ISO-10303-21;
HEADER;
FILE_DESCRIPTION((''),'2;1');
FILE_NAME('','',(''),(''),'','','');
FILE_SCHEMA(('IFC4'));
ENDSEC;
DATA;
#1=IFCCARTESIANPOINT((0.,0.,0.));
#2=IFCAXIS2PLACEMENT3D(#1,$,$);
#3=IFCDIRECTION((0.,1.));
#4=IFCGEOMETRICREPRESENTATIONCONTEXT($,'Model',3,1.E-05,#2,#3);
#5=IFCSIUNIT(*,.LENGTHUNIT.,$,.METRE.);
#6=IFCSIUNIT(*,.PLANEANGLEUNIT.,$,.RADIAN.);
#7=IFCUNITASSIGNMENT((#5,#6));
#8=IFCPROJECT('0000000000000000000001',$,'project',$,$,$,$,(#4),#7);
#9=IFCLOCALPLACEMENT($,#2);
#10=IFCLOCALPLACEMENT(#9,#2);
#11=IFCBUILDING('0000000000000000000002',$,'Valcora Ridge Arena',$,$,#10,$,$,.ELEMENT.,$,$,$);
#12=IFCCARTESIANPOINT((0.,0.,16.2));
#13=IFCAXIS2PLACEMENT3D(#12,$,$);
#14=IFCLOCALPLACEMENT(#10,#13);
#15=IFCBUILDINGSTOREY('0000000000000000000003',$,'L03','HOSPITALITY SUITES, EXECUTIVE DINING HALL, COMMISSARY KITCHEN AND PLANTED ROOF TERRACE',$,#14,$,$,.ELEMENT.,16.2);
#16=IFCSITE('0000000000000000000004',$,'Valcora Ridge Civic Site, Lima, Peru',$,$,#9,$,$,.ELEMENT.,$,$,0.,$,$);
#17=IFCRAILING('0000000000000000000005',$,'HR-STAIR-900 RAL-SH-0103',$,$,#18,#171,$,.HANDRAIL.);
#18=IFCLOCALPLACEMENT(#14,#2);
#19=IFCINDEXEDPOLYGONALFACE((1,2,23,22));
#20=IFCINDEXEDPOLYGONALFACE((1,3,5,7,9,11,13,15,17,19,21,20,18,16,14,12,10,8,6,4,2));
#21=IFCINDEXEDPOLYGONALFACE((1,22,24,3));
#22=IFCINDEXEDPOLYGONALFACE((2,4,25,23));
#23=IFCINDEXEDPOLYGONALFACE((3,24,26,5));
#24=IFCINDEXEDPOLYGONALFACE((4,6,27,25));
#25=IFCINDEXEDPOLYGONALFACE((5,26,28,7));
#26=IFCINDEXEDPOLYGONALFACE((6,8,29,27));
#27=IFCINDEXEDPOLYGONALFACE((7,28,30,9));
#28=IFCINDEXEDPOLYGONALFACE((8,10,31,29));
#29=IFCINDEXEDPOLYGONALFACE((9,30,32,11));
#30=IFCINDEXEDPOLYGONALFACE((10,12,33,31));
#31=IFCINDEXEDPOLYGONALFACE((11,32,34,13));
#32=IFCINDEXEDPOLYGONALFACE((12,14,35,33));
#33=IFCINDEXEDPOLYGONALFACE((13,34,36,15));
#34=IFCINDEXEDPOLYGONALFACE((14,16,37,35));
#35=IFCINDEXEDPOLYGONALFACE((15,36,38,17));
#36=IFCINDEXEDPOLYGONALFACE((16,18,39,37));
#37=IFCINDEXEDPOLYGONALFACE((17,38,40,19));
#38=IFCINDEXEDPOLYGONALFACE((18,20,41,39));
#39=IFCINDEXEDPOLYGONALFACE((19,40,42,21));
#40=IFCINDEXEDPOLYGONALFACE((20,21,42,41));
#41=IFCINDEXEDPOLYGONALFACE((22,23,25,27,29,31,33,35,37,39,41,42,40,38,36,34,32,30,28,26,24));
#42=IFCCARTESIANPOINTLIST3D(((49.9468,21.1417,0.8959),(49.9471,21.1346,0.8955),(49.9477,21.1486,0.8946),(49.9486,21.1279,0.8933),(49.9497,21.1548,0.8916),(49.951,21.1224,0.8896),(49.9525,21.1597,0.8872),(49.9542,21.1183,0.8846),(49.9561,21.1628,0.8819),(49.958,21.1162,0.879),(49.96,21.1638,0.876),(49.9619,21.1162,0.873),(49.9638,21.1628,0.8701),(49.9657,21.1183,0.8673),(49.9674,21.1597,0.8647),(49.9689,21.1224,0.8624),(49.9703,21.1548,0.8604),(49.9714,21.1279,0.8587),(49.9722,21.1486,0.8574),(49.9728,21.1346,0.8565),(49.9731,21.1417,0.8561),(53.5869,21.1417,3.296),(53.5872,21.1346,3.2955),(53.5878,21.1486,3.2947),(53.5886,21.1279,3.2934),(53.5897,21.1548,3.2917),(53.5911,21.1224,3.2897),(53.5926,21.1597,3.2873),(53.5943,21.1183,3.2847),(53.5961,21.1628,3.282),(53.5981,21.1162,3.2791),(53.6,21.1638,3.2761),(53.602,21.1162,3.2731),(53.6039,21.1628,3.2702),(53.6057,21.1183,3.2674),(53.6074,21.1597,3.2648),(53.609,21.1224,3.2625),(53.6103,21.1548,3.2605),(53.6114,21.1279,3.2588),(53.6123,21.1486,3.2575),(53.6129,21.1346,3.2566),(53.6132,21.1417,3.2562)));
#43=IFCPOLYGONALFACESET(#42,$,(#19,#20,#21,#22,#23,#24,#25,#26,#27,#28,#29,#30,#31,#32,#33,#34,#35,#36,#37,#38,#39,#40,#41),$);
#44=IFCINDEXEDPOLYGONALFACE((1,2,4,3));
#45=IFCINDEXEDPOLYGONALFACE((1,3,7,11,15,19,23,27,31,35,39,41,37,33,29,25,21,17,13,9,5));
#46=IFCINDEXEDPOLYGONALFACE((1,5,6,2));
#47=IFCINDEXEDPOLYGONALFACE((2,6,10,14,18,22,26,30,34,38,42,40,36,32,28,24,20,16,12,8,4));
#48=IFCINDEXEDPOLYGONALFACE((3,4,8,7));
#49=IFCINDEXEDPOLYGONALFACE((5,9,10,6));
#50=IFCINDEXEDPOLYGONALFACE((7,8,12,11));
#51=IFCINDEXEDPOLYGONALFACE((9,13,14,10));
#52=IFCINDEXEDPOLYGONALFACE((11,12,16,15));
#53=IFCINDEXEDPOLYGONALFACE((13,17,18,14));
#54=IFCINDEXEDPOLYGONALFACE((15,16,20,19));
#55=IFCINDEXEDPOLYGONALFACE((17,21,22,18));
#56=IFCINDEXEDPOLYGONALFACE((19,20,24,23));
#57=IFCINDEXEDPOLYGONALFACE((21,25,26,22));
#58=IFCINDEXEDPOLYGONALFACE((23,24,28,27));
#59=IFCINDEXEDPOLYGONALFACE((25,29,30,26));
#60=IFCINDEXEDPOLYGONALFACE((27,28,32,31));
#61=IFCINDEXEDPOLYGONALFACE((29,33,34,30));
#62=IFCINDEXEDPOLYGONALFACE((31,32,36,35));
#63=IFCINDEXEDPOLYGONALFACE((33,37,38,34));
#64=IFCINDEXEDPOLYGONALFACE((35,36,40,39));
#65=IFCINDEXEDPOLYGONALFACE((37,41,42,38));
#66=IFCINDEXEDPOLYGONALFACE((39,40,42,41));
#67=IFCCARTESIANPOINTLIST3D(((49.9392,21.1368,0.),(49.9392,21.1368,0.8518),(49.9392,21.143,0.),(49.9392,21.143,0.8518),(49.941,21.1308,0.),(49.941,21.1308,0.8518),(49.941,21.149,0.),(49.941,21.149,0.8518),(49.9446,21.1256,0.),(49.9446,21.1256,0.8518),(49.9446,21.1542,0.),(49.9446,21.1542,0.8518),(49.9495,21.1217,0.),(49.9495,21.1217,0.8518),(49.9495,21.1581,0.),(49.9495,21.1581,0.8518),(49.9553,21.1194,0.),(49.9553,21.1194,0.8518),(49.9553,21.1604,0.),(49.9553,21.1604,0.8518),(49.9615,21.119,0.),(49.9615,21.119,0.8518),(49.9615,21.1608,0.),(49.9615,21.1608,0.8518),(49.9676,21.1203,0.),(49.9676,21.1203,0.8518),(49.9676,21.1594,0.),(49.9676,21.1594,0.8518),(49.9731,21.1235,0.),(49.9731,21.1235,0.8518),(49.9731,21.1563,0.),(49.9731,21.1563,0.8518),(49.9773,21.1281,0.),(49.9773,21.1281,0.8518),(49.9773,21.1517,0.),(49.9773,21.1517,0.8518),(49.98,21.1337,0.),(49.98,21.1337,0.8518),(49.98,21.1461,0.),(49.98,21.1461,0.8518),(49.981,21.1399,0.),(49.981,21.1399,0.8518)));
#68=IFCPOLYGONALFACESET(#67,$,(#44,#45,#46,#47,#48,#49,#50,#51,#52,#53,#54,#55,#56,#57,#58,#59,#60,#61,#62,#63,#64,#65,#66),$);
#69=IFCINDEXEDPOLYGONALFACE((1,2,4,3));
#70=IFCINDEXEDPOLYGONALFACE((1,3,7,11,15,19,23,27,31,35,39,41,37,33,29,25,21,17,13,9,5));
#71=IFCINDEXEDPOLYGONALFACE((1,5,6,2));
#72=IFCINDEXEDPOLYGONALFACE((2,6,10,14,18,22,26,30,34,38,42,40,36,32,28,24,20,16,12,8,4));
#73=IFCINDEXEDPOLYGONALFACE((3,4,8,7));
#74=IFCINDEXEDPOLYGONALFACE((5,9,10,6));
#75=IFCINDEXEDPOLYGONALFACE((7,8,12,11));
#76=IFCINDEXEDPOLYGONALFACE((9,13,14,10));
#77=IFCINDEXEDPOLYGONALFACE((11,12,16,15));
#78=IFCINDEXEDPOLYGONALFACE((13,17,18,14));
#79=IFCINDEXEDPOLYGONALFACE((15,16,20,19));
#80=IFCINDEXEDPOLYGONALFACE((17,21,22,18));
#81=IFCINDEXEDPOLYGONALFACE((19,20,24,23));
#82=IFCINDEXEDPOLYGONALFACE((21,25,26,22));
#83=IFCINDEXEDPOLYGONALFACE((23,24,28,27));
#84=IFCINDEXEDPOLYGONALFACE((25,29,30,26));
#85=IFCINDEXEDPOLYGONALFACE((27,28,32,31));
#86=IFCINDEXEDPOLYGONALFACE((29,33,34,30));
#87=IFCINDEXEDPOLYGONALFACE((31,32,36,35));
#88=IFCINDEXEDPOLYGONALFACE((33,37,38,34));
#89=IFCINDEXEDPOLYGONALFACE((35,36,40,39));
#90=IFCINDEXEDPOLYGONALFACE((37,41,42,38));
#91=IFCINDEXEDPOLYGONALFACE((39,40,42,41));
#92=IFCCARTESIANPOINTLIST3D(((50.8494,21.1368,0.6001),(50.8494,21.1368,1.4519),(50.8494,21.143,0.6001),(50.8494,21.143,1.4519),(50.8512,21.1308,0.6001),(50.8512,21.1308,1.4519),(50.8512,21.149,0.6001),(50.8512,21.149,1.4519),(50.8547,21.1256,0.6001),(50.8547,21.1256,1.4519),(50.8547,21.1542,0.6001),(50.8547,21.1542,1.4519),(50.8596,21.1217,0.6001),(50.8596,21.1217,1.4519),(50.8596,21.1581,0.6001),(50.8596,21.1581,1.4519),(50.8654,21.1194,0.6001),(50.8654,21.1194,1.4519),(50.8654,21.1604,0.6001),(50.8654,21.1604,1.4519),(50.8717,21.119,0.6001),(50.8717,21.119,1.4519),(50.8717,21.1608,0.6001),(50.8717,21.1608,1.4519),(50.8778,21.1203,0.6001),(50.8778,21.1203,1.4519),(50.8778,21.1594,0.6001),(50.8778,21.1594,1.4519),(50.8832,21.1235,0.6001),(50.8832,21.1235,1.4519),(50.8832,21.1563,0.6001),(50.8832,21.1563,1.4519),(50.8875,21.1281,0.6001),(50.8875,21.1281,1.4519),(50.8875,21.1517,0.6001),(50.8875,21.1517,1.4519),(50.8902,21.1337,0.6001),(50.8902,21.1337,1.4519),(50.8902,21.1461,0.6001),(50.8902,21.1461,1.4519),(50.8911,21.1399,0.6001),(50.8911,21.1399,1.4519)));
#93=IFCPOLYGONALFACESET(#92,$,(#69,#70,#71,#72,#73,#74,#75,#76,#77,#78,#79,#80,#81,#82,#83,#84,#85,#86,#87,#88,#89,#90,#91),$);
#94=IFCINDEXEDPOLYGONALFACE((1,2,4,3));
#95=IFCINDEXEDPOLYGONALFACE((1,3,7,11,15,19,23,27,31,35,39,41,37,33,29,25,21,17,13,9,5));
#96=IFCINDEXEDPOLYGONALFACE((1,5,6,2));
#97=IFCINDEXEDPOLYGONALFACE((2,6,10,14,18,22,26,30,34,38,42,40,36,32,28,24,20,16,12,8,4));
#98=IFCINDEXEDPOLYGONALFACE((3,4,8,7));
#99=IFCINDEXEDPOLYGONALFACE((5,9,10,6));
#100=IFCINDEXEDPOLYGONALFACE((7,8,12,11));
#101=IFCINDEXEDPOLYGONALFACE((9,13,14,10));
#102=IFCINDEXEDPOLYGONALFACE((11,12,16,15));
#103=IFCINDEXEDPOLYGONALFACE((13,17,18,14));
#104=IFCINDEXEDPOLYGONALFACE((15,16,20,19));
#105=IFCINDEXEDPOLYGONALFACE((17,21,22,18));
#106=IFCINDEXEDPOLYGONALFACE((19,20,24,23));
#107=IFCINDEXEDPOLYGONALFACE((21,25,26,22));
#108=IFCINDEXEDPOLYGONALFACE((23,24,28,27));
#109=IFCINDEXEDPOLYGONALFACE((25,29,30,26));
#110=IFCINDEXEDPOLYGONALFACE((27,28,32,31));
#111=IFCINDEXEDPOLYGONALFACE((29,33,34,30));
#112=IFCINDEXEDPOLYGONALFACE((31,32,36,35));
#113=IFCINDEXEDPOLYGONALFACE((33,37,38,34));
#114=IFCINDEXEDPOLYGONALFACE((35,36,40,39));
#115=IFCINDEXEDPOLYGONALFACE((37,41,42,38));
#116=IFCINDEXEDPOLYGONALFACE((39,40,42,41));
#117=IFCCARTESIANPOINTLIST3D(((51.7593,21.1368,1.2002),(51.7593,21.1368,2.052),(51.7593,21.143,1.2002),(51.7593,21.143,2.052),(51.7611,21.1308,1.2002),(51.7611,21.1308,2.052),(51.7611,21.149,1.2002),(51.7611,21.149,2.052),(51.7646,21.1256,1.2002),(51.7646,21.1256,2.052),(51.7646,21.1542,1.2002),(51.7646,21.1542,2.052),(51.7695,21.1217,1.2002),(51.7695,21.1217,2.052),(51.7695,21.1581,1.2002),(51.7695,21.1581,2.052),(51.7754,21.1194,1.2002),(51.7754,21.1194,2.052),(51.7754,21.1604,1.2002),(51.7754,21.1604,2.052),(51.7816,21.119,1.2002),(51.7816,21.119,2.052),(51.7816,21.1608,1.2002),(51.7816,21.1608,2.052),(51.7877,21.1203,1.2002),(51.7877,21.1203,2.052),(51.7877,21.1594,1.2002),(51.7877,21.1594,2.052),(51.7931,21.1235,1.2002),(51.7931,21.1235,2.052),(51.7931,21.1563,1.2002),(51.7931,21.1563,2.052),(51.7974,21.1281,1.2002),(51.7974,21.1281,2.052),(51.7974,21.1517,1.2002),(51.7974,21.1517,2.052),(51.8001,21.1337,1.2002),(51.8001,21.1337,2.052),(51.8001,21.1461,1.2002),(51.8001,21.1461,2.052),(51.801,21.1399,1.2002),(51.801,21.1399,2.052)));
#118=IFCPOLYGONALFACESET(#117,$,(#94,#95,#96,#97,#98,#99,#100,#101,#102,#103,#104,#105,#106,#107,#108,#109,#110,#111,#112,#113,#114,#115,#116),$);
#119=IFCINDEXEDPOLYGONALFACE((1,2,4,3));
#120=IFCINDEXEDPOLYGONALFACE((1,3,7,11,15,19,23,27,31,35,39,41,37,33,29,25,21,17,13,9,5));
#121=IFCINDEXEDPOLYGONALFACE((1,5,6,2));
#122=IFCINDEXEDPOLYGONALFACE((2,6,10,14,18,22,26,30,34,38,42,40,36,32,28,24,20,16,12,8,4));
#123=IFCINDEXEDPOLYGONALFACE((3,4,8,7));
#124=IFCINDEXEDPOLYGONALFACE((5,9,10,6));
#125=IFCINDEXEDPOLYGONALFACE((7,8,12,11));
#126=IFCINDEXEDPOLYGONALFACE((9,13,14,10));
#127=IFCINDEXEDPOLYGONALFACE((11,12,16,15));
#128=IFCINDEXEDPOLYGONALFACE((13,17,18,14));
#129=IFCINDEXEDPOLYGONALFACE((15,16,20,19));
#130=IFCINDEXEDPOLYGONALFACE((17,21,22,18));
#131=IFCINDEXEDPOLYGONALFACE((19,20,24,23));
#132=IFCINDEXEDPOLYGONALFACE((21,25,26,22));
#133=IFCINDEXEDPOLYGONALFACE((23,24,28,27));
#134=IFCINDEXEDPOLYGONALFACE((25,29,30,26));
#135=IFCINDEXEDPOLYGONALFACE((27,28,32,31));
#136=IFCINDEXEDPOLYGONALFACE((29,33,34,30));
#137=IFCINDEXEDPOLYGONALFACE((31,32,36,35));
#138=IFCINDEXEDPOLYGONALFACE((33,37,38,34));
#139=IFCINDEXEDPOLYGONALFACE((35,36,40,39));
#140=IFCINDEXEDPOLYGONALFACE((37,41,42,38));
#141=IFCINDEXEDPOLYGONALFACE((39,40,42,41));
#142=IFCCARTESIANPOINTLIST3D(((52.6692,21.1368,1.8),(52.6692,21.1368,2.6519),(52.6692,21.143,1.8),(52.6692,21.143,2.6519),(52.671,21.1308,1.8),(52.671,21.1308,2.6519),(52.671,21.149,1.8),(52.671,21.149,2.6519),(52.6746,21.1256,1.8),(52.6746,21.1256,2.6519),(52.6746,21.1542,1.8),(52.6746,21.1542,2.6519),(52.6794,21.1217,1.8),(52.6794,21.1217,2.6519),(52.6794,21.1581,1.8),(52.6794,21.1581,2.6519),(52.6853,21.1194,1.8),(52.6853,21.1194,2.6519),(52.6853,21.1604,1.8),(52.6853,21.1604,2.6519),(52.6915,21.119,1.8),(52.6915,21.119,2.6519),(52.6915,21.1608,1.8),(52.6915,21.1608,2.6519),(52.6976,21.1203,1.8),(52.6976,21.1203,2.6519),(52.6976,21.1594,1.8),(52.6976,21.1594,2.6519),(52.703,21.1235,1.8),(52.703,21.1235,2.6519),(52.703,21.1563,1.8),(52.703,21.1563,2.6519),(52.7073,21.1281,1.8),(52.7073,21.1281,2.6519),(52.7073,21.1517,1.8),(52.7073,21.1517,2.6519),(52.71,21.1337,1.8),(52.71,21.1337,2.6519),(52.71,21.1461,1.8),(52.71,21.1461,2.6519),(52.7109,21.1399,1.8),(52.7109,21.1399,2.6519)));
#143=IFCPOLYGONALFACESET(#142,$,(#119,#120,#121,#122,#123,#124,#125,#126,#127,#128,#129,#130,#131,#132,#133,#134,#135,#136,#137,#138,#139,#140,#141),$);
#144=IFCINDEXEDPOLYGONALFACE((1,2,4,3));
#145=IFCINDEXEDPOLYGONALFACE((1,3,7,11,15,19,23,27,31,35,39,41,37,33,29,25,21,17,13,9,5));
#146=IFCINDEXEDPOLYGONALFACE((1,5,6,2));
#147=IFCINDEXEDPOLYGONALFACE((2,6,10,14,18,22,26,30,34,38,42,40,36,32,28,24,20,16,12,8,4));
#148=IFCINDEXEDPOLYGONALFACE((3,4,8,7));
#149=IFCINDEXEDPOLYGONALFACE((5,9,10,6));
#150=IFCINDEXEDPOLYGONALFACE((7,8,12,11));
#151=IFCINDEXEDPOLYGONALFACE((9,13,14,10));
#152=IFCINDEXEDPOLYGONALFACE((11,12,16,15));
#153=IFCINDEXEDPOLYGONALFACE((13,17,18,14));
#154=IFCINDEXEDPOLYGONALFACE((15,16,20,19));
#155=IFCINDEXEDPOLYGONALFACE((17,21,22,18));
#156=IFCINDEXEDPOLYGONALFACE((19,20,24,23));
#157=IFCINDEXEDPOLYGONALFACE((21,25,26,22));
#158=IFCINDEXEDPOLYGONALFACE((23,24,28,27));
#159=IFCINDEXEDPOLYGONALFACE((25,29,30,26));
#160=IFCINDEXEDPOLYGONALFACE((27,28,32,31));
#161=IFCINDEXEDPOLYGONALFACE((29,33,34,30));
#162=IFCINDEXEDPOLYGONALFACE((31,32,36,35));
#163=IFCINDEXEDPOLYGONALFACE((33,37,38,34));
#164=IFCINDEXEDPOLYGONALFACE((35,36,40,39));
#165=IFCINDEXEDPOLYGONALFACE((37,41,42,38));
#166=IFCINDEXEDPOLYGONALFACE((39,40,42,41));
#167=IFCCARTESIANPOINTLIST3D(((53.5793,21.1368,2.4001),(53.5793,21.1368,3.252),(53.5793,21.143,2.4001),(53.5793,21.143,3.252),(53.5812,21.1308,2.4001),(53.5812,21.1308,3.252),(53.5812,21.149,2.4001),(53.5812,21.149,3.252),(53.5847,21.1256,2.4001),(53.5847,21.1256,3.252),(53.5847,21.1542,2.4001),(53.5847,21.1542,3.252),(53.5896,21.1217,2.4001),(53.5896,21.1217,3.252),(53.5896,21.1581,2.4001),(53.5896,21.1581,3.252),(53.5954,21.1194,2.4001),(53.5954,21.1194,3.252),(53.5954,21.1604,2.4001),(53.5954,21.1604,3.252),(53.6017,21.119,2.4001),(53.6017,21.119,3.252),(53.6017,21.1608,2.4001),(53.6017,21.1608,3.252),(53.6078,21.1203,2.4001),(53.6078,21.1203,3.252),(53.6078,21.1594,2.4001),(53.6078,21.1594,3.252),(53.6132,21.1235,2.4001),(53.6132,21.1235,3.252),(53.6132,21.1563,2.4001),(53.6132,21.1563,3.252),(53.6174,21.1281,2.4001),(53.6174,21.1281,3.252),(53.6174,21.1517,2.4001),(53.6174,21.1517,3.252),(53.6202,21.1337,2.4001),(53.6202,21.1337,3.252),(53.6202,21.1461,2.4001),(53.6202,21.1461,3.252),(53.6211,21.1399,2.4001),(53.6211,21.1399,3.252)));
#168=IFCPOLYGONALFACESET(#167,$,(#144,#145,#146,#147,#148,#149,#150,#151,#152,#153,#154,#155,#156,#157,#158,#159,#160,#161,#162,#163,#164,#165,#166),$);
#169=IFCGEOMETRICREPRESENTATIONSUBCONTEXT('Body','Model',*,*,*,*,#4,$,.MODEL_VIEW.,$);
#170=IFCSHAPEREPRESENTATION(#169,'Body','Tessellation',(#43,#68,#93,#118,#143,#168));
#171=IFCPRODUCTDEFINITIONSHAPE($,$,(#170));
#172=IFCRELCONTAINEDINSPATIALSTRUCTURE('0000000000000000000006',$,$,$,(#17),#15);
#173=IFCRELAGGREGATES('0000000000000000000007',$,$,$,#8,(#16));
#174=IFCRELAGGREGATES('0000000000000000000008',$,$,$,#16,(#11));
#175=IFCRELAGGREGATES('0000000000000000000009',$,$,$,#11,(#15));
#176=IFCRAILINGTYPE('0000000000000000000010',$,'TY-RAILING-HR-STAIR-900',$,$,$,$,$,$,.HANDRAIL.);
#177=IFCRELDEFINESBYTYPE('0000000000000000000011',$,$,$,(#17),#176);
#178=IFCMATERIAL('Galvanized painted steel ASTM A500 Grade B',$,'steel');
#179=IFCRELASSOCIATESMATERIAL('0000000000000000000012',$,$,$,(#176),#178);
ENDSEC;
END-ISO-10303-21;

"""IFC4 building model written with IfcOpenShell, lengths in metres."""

from ifc_helpers import new_model, si_unit, direction, frame, origin, origin_2d, place, context, subcontext, project, spatial, circle, extrude, material, type_object, element, save


model = new_model("IFC4")

# Units and contexts
model_context = context("Model", 3, precision=1e-05, world=origin(), true_north=direction((0.0, 1.0)))
body_context = subcontext(model_context, "Body", "Model", "MODEL_VIEW")
ifc_project = project(units=[si_unit("LENGTHUNIT", "METRE"), si_unit("PLANEANGLEUNIT", "RADIAN")], contexts=[model_context])

# Site, building, storey
site_placement = place(None, origin())
site = spatial("IfcSite", under=ifc_project, at=site_placement, Name="Valcora Ridge Civic Site, Lima, Peru", CompositionType="ELEMENT", RefElevation=0.0)
building_placement = place(site_placement, origin())
building = spatial("IfcBuilding", under=site, at=building_placement, Name="Valcora Ridge Arena", CompositionType="ELEMENT")
storey_placement = place(building_placement, frame((0.0, 0.0, 16.2)))
storey = spatial("IfcBuildingStorey", under=building, at=storey_placement, Name="L03", Description="HOSPITALITY SUITES, EXECUTIVE DINING HALL, COMMISSARY KITCHEN AND PLANTED ROOF TERRACE", CompositionType="ELEMENT", Elevation=16.2)

# Railing
ifc_material_1 = material(Name="Galvanized painted steel ASTM A500 Grade B", Category="steel")
railing_type_1 = type_object("IfcRailingType", Name="TY-RAILING-HR-STAIR-900", PredefinedType="HANDRAIL", material=ifc_material_1)
railing_1_placement = place(storey_placement, frame((49.96, 21.1399, 0.0)))
element("IfcRailing", 1, at=railing_1_placement, inside=storey, type_object=railing_type_1, Name="HR-STAIR-900 RAL-SH-0103", PredefinedType="HANDRAIL", context=body_context, shape_type="SweptSolid", body=[
    extrude(circle(Radius=0.0239, at=origin_2d()), frame((0.0, 0.0, 0.876), z_axis=(0.834856, 0.0, 0.550468), x_axis=(0.0, 1.0, 0.0)), (0.0, 0.0, 1.0), 4.3601),
    extrude(circle(Radius=0.021, at=origin_2d()), origin(), (0.0, 0.0, 1.0), 0.8518),
    extrude(circle(Radius=0.021, at=origin_2d()), frame((0.9102, 0.0, 0.6001)), (0.0, 0.0, 1.0), 0.8518),
    extrude(circle(Radius=0.021, at=origin_2d()), frame((1.8201, 0.0, 1.2002)), (0.0, 0.0, 1.0), 0.8518),
    extrude(circle(Radius=0.021, at=origin_2d()), frame((2.73, 0.0, 1.8)), (0.0, 0.0, 1.0), 0.8518),
    extrude(circle(Radius=0.021, at=origin_2d()), frame((3.6401, 0.0, 2.4001)), (0.0, 0.0, 1.0), 0.8518),
])

save(model, "model.ifc")
